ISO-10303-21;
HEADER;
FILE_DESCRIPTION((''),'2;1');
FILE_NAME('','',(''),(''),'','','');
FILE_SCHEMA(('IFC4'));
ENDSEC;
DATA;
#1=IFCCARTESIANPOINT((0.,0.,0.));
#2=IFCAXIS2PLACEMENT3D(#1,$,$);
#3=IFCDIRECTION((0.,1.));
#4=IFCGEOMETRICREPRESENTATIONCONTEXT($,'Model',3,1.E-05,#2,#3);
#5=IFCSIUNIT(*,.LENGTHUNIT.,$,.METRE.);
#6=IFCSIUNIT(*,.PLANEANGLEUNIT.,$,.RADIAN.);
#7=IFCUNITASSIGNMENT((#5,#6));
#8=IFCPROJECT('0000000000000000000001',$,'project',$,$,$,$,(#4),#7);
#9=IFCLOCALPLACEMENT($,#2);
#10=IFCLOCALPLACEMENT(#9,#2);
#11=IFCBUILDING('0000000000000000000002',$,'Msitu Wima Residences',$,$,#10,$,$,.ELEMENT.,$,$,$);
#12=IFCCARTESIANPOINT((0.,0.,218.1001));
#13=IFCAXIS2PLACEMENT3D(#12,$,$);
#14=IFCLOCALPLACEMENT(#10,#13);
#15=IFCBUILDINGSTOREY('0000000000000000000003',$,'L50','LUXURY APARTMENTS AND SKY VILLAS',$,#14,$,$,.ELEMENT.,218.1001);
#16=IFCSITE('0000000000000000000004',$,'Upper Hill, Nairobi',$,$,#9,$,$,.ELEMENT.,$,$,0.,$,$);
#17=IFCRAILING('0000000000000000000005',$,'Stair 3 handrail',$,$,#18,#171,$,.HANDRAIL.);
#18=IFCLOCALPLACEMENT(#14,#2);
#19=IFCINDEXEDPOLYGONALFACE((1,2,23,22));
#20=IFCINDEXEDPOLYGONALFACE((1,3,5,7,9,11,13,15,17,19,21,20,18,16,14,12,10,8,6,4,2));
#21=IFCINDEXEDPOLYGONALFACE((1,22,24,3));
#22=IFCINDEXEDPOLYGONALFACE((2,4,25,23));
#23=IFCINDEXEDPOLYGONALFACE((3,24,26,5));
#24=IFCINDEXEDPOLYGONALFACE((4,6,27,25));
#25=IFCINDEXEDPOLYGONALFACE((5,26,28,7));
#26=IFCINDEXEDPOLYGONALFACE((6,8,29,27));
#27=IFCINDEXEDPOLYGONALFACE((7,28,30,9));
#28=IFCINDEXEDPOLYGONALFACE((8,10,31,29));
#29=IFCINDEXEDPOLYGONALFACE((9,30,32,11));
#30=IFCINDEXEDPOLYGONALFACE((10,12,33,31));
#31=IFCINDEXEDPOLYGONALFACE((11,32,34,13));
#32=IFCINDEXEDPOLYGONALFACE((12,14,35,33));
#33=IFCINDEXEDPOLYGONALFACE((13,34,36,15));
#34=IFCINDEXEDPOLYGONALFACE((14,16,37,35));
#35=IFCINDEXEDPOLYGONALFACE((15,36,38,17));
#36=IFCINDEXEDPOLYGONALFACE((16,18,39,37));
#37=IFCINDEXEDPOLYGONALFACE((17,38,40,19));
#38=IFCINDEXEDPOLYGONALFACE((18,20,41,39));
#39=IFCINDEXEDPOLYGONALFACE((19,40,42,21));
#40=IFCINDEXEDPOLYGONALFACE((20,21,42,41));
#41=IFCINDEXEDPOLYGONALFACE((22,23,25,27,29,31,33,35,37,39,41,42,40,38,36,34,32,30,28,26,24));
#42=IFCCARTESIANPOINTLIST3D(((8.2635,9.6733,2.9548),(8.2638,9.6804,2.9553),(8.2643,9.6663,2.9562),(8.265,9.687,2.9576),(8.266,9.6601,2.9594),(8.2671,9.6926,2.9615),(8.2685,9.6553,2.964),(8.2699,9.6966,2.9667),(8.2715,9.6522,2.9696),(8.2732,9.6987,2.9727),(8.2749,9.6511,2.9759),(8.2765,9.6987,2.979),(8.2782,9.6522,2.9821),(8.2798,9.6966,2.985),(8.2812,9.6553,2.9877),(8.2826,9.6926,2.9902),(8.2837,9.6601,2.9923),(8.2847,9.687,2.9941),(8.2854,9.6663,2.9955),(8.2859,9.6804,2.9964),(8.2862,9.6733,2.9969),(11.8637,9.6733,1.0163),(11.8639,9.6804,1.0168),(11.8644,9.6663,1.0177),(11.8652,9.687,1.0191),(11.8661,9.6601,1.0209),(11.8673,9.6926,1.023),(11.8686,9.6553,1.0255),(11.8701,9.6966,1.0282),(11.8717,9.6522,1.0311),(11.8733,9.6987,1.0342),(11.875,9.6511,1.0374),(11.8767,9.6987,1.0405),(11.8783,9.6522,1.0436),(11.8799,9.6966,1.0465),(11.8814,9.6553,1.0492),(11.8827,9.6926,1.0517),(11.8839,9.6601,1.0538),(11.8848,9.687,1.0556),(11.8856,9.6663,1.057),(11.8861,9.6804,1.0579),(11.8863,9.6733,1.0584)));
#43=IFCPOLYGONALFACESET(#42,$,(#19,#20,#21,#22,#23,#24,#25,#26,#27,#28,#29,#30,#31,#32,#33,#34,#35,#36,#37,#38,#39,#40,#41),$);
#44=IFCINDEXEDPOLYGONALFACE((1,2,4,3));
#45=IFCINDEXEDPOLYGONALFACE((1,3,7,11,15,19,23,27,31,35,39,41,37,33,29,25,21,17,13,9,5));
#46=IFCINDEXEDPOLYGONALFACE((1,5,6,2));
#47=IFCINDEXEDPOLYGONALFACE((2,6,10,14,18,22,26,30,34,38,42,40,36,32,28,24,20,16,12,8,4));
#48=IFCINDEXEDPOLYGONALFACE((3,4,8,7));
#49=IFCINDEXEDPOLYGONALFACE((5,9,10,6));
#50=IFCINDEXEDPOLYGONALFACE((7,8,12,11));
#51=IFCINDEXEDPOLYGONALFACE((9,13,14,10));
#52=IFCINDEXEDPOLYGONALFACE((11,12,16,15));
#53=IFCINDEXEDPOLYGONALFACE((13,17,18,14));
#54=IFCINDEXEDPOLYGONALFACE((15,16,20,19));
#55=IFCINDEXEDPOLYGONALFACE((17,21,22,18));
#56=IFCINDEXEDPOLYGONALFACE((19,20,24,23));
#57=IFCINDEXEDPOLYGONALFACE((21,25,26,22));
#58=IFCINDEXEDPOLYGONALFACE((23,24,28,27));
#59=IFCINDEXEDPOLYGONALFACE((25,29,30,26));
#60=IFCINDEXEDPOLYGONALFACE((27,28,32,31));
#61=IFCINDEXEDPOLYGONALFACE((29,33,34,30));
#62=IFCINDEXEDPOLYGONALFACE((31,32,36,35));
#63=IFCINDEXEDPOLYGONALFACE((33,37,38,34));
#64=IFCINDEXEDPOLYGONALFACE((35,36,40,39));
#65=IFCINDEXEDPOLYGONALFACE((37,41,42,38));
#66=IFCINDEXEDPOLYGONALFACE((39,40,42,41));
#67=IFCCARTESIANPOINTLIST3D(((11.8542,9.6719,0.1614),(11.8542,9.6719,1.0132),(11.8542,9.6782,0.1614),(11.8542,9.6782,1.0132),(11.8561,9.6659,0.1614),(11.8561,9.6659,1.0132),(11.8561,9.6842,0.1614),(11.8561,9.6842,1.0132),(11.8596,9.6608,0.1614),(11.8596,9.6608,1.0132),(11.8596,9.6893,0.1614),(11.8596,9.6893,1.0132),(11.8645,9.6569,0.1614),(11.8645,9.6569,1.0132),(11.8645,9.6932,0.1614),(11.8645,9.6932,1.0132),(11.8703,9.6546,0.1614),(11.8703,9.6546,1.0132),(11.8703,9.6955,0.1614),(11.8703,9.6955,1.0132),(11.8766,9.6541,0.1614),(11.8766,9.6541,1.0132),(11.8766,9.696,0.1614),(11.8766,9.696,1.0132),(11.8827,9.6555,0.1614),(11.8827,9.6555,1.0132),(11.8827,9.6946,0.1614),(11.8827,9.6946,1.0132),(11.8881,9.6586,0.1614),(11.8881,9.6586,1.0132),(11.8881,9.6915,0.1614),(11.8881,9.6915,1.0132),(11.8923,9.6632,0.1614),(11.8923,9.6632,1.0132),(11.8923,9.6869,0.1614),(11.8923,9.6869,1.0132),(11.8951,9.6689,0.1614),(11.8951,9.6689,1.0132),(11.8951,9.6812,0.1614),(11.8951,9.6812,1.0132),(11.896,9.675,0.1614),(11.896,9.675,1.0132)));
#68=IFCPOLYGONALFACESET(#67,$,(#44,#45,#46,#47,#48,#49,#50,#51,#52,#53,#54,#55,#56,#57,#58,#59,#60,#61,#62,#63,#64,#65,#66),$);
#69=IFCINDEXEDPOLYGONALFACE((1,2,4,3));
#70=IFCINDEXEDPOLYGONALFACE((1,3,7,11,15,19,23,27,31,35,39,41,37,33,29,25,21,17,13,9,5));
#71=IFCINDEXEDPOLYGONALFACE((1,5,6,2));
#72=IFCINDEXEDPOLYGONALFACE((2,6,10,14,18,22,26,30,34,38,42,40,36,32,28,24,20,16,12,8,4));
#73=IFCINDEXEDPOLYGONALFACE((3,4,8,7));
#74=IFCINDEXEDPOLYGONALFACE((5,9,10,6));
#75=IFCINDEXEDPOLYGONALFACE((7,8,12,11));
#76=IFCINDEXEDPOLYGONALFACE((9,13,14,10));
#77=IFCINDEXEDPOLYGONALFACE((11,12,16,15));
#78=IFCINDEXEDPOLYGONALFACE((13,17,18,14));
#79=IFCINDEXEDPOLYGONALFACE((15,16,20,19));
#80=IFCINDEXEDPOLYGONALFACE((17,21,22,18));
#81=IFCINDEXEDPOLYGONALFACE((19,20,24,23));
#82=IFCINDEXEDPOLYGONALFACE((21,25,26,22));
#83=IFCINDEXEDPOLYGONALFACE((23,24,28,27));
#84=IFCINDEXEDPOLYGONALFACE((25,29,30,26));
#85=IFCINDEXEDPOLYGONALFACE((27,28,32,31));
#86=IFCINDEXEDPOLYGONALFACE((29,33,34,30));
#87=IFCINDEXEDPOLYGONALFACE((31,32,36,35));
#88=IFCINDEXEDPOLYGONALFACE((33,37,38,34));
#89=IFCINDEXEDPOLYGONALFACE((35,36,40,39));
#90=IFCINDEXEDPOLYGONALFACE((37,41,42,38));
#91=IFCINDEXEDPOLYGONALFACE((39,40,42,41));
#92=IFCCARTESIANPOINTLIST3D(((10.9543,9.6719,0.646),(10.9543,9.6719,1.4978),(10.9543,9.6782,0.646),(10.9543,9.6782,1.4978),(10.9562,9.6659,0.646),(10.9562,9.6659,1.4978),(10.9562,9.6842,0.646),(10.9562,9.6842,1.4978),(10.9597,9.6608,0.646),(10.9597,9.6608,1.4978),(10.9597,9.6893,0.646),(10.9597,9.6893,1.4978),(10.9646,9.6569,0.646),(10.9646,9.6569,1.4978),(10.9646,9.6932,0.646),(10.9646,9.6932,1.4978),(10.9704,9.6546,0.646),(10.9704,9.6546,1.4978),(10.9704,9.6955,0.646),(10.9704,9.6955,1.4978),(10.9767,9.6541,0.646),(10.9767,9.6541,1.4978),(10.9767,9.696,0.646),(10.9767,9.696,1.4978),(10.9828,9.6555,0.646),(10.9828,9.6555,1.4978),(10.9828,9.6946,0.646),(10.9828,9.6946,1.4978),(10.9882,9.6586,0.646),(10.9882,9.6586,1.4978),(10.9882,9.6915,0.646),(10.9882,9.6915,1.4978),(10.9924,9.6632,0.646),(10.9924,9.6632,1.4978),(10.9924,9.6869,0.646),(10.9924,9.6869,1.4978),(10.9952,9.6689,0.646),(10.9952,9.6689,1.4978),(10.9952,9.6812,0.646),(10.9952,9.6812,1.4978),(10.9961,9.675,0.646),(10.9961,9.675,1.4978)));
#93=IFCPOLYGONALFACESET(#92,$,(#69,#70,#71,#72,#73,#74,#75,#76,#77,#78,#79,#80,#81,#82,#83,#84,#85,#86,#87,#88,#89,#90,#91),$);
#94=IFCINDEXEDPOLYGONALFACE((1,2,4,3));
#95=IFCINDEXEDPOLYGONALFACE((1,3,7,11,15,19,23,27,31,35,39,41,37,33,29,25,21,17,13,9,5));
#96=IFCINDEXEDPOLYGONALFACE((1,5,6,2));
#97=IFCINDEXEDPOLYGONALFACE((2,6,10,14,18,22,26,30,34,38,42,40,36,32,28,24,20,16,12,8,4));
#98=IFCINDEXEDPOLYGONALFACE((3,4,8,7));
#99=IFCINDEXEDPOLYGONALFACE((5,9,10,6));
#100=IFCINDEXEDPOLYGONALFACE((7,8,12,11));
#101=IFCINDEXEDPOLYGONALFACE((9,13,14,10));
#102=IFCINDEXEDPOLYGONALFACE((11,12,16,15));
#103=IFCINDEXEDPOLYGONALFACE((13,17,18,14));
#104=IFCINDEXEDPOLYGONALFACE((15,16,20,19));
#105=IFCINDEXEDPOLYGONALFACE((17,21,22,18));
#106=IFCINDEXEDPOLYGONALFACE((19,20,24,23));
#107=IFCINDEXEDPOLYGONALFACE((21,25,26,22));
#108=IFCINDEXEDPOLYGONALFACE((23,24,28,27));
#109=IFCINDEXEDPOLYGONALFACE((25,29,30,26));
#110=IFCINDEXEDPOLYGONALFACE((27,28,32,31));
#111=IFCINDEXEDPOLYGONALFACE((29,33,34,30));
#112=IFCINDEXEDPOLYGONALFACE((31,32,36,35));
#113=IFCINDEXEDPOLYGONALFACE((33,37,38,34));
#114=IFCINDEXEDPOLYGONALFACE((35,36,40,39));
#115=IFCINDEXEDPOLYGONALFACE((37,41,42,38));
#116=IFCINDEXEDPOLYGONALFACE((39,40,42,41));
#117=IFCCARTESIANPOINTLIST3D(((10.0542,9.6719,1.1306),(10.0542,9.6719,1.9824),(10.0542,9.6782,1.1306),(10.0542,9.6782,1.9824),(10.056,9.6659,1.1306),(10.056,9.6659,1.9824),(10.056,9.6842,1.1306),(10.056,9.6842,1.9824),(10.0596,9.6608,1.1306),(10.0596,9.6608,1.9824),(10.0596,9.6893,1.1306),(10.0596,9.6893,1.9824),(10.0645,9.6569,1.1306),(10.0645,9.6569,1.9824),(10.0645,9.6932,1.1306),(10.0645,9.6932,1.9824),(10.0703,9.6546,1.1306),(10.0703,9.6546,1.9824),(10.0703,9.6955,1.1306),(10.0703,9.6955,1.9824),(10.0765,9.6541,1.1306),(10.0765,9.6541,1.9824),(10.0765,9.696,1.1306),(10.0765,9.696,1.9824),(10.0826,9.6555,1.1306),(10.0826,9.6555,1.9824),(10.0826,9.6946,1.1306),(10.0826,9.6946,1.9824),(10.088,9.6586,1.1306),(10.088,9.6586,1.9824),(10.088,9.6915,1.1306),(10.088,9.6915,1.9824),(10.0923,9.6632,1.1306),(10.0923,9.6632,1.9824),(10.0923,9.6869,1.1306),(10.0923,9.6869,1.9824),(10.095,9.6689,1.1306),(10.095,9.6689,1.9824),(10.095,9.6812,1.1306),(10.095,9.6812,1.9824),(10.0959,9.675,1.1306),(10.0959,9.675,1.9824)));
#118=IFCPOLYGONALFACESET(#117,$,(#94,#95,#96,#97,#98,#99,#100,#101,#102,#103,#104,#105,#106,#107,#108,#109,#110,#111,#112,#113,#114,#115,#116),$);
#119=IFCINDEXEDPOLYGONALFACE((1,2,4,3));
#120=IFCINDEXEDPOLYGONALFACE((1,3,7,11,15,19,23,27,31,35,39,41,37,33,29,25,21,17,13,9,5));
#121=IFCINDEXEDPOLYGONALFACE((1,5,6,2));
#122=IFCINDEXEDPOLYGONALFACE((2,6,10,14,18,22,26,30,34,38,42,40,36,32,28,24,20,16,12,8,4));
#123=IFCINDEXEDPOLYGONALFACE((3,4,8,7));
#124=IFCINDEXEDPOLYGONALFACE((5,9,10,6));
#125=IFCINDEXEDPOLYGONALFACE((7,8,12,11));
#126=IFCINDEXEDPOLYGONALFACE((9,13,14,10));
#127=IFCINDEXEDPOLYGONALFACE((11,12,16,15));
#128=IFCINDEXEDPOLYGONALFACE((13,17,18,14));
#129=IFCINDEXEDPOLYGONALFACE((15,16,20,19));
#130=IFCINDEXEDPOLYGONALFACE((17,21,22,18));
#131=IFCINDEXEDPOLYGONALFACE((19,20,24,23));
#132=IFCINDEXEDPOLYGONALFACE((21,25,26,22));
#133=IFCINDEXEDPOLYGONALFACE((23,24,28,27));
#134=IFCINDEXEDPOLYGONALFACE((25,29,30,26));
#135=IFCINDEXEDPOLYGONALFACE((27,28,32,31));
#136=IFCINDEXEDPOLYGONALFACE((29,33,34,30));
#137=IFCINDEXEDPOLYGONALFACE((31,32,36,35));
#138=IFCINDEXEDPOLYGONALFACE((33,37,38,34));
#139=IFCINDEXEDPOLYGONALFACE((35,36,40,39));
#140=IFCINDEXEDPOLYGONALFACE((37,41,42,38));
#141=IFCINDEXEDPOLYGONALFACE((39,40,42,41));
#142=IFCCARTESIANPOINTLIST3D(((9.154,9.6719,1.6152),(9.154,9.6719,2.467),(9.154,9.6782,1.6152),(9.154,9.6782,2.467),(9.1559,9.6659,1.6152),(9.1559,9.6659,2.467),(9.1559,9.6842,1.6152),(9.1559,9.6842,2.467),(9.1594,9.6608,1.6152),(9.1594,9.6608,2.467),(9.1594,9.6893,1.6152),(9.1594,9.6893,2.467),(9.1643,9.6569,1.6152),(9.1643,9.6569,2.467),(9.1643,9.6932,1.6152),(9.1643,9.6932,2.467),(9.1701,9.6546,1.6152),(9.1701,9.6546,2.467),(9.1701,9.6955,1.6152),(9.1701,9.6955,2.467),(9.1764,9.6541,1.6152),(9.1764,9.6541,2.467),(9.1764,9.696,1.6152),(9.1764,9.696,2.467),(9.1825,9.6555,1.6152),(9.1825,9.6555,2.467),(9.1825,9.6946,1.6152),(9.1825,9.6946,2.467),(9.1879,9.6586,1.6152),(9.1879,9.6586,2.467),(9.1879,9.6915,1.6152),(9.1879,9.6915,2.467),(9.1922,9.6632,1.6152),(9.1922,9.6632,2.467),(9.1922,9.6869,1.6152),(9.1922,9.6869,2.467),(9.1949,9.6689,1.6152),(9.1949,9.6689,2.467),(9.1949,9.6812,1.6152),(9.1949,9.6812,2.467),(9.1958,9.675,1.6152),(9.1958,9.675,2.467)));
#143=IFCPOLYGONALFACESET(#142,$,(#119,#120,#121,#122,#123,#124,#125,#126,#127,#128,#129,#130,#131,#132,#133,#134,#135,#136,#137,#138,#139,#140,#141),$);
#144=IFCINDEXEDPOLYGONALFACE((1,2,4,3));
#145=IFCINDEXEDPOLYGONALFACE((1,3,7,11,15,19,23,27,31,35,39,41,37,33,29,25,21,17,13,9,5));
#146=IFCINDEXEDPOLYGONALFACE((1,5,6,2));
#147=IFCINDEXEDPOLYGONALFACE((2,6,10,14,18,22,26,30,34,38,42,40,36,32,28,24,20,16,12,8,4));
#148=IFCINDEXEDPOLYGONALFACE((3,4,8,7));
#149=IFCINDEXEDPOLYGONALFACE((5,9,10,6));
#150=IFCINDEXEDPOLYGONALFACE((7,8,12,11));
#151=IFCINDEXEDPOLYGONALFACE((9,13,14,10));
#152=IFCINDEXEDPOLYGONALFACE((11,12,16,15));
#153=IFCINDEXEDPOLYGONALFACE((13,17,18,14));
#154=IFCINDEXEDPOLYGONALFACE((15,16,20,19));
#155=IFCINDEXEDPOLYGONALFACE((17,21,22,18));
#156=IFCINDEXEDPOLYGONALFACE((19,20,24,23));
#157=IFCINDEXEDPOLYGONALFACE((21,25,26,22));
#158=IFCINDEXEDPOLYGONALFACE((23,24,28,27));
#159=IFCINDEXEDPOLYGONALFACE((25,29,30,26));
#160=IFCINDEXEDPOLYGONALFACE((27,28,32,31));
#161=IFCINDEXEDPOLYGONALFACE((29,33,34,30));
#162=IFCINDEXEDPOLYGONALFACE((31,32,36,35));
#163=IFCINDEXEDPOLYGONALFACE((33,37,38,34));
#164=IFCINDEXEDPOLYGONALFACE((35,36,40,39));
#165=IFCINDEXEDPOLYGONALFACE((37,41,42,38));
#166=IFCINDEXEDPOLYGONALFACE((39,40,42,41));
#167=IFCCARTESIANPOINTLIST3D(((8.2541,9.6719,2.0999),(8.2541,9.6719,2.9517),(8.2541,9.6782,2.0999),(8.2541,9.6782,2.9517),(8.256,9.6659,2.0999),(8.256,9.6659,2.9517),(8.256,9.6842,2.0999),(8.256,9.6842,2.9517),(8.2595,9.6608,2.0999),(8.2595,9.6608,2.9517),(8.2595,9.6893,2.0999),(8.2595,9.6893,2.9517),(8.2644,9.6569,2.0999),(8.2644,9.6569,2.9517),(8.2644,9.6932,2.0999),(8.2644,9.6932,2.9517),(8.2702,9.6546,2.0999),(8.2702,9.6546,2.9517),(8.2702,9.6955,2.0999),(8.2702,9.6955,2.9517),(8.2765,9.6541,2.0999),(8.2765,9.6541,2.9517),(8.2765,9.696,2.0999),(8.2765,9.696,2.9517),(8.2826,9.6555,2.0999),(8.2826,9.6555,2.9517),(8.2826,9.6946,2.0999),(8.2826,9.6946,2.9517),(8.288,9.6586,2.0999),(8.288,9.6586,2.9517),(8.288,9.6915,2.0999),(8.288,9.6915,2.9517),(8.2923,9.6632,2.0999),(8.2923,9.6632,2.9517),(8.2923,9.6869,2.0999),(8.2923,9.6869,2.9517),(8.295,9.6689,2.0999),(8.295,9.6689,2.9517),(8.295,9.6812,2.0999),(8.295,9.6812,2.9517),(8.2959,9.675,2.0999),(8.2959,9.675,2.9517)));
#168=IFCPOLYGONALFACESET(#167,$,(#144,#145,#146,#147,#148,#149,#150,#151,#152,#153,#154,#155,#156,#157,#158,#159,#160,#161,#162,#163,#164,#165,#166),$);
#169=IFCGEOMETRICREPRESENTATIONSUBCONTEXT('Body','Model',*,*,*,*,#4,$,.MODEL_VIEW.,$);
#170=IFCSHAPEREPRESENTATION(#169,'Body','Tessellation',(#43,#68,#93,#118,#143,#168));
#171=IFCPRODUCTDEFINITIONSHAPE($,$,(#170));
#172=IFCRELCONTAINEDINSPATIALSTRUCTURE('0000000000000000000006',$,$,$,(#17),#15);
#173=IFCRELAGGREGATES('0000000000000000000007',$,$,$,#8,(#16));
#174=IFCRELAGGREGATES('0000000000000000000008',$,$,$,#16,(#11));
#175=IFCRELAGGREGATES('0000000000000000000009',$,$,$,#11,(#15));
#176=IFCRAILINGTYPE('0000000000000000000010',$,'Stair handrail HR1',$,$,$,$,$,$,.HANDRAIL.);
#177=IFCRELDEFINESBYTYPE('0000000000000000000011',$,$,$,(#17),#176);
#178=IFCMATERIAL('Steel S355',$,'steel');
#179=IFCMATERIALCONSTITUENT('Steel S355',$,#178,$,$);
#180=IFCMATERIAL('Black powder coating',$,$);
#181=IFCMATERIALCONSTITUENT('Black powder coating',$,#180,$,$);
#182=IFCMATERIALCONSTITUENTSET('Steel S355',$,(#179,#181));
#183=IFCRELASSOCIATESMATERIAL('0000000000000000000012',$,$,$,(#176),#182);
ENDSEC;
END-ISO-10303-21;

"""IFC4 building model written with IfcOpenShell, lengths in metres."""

from ifc_helpers import new_model, si_unit, direction, frame, origin, origin_2d, place, context, subcontext, project, spatial, circle, extrude, material, constituent, constituent_set, type_object, element, save


model = new_model("IFC4")

# Units and contexts
model_context = context("Model", 3, precision=1e-05, world=origin(), true_north=direction((0.0, 1.0)))
body_context = subcontext(model_context, "Body", "Model", "MODEL_VIEW")
ifc_project = project(units=[si_unit("LENGTHUNIT", "METRE"), si_unit("PLANEANGLEUNIT", "RADIAN")], contexts=[model_context])

# Site, building, storey
site_placement = place(None, origin())
site = spatial("IfcSite", under=ifc_project, at=site_placement, Name="Upper Hill, Nairobi", CompositionType="ELEMENT", RefElevation=0.0)
building_placement = place(site_placement, origin())
building = spatial("IfcBuilding", under=site, at=building_placement, Name="Msitu Wima Residences", CompositionType="ELEMENT")
storey_placement = place(building_placement, frame((0.0, 0.0, 218.1001)))
storey = spatial("IfcBuildingStorey", under=building, at=storey_placement, Name="L50", Description="LUXURY APARTMENTS AND SKY VILLAS", CompositionType="ELEMENT", Elevation=218.1001)

# Railing
ifc_material_1 = material(Name="Steel S355", Category="steel")
ifc_constituent_1 = constituent(ifc_material_1, Name="Steel S355")
ifc_material_2 = material(Name="Black powder coating")
ifc_constituent_2 = constituent(ifc_material_2, Name="Black powder coating")
ifc_constituent_set_1 = constituent_set(constituents=[ifc_constituent_1, ifc_constituent_2], Name="Steel S355")
railing_type_1 = type_object("IfcRailingType", Name="Stair handrail HR1", PredefinedType="HANDRAIL", material=ifc_constituent_set_1)
for number, where, name in (
    (1, (11.875, 9.675, 0.1614), "Stair 3 handrail"),
):
    element("IfcRailing", number, at=place(storey_placement, frame(where)), inside=storey, type_object=railing_type_1, Name=name, PredefinedType="HANDRAIL", context=body_context, shape_type="SweptSolid", body=[
        extrude(circle(Radius=0.0239, at=origin_2d()), frame((0.0, 0.0, 0.876), z_axis=(-0.880475, 0.0, 0.474093), x_axis=(0.0, -1.0, 0.0)), (0.0, 0.0, 1.0), 4.0889),
        extrude(circle(Radius=0.021, at=origin_2d()), origin(), (0.0, 0.0, 1.0), 0.8518),
        extrude(circle(Radius=0.021, at=origin_2d()), frame((-0.8999, 0.0, 0.4846)), (0.0, 0.0, 1.0), 0.8518),
        extrude(circle(Radius=0.021, at=origin_2d()), frame((-1.8, 0.0, 0.9692)), (0.0, 0.0, 1.0), 0.8518),
        extrude(circle(Radius=0.021, at=origin_2d()), frame((-2.7002, 0.0, 1.4539)), (0.0, 0.0, 1.0), 0.8518),
        extrude(circle(Radius=0.021, at=origin_2d()), frame((-3.6001, 0.0, 1.9385)), (0.0, 0.0, 1.0), 0.8518),
    ])

save(model, "model.ifc")
